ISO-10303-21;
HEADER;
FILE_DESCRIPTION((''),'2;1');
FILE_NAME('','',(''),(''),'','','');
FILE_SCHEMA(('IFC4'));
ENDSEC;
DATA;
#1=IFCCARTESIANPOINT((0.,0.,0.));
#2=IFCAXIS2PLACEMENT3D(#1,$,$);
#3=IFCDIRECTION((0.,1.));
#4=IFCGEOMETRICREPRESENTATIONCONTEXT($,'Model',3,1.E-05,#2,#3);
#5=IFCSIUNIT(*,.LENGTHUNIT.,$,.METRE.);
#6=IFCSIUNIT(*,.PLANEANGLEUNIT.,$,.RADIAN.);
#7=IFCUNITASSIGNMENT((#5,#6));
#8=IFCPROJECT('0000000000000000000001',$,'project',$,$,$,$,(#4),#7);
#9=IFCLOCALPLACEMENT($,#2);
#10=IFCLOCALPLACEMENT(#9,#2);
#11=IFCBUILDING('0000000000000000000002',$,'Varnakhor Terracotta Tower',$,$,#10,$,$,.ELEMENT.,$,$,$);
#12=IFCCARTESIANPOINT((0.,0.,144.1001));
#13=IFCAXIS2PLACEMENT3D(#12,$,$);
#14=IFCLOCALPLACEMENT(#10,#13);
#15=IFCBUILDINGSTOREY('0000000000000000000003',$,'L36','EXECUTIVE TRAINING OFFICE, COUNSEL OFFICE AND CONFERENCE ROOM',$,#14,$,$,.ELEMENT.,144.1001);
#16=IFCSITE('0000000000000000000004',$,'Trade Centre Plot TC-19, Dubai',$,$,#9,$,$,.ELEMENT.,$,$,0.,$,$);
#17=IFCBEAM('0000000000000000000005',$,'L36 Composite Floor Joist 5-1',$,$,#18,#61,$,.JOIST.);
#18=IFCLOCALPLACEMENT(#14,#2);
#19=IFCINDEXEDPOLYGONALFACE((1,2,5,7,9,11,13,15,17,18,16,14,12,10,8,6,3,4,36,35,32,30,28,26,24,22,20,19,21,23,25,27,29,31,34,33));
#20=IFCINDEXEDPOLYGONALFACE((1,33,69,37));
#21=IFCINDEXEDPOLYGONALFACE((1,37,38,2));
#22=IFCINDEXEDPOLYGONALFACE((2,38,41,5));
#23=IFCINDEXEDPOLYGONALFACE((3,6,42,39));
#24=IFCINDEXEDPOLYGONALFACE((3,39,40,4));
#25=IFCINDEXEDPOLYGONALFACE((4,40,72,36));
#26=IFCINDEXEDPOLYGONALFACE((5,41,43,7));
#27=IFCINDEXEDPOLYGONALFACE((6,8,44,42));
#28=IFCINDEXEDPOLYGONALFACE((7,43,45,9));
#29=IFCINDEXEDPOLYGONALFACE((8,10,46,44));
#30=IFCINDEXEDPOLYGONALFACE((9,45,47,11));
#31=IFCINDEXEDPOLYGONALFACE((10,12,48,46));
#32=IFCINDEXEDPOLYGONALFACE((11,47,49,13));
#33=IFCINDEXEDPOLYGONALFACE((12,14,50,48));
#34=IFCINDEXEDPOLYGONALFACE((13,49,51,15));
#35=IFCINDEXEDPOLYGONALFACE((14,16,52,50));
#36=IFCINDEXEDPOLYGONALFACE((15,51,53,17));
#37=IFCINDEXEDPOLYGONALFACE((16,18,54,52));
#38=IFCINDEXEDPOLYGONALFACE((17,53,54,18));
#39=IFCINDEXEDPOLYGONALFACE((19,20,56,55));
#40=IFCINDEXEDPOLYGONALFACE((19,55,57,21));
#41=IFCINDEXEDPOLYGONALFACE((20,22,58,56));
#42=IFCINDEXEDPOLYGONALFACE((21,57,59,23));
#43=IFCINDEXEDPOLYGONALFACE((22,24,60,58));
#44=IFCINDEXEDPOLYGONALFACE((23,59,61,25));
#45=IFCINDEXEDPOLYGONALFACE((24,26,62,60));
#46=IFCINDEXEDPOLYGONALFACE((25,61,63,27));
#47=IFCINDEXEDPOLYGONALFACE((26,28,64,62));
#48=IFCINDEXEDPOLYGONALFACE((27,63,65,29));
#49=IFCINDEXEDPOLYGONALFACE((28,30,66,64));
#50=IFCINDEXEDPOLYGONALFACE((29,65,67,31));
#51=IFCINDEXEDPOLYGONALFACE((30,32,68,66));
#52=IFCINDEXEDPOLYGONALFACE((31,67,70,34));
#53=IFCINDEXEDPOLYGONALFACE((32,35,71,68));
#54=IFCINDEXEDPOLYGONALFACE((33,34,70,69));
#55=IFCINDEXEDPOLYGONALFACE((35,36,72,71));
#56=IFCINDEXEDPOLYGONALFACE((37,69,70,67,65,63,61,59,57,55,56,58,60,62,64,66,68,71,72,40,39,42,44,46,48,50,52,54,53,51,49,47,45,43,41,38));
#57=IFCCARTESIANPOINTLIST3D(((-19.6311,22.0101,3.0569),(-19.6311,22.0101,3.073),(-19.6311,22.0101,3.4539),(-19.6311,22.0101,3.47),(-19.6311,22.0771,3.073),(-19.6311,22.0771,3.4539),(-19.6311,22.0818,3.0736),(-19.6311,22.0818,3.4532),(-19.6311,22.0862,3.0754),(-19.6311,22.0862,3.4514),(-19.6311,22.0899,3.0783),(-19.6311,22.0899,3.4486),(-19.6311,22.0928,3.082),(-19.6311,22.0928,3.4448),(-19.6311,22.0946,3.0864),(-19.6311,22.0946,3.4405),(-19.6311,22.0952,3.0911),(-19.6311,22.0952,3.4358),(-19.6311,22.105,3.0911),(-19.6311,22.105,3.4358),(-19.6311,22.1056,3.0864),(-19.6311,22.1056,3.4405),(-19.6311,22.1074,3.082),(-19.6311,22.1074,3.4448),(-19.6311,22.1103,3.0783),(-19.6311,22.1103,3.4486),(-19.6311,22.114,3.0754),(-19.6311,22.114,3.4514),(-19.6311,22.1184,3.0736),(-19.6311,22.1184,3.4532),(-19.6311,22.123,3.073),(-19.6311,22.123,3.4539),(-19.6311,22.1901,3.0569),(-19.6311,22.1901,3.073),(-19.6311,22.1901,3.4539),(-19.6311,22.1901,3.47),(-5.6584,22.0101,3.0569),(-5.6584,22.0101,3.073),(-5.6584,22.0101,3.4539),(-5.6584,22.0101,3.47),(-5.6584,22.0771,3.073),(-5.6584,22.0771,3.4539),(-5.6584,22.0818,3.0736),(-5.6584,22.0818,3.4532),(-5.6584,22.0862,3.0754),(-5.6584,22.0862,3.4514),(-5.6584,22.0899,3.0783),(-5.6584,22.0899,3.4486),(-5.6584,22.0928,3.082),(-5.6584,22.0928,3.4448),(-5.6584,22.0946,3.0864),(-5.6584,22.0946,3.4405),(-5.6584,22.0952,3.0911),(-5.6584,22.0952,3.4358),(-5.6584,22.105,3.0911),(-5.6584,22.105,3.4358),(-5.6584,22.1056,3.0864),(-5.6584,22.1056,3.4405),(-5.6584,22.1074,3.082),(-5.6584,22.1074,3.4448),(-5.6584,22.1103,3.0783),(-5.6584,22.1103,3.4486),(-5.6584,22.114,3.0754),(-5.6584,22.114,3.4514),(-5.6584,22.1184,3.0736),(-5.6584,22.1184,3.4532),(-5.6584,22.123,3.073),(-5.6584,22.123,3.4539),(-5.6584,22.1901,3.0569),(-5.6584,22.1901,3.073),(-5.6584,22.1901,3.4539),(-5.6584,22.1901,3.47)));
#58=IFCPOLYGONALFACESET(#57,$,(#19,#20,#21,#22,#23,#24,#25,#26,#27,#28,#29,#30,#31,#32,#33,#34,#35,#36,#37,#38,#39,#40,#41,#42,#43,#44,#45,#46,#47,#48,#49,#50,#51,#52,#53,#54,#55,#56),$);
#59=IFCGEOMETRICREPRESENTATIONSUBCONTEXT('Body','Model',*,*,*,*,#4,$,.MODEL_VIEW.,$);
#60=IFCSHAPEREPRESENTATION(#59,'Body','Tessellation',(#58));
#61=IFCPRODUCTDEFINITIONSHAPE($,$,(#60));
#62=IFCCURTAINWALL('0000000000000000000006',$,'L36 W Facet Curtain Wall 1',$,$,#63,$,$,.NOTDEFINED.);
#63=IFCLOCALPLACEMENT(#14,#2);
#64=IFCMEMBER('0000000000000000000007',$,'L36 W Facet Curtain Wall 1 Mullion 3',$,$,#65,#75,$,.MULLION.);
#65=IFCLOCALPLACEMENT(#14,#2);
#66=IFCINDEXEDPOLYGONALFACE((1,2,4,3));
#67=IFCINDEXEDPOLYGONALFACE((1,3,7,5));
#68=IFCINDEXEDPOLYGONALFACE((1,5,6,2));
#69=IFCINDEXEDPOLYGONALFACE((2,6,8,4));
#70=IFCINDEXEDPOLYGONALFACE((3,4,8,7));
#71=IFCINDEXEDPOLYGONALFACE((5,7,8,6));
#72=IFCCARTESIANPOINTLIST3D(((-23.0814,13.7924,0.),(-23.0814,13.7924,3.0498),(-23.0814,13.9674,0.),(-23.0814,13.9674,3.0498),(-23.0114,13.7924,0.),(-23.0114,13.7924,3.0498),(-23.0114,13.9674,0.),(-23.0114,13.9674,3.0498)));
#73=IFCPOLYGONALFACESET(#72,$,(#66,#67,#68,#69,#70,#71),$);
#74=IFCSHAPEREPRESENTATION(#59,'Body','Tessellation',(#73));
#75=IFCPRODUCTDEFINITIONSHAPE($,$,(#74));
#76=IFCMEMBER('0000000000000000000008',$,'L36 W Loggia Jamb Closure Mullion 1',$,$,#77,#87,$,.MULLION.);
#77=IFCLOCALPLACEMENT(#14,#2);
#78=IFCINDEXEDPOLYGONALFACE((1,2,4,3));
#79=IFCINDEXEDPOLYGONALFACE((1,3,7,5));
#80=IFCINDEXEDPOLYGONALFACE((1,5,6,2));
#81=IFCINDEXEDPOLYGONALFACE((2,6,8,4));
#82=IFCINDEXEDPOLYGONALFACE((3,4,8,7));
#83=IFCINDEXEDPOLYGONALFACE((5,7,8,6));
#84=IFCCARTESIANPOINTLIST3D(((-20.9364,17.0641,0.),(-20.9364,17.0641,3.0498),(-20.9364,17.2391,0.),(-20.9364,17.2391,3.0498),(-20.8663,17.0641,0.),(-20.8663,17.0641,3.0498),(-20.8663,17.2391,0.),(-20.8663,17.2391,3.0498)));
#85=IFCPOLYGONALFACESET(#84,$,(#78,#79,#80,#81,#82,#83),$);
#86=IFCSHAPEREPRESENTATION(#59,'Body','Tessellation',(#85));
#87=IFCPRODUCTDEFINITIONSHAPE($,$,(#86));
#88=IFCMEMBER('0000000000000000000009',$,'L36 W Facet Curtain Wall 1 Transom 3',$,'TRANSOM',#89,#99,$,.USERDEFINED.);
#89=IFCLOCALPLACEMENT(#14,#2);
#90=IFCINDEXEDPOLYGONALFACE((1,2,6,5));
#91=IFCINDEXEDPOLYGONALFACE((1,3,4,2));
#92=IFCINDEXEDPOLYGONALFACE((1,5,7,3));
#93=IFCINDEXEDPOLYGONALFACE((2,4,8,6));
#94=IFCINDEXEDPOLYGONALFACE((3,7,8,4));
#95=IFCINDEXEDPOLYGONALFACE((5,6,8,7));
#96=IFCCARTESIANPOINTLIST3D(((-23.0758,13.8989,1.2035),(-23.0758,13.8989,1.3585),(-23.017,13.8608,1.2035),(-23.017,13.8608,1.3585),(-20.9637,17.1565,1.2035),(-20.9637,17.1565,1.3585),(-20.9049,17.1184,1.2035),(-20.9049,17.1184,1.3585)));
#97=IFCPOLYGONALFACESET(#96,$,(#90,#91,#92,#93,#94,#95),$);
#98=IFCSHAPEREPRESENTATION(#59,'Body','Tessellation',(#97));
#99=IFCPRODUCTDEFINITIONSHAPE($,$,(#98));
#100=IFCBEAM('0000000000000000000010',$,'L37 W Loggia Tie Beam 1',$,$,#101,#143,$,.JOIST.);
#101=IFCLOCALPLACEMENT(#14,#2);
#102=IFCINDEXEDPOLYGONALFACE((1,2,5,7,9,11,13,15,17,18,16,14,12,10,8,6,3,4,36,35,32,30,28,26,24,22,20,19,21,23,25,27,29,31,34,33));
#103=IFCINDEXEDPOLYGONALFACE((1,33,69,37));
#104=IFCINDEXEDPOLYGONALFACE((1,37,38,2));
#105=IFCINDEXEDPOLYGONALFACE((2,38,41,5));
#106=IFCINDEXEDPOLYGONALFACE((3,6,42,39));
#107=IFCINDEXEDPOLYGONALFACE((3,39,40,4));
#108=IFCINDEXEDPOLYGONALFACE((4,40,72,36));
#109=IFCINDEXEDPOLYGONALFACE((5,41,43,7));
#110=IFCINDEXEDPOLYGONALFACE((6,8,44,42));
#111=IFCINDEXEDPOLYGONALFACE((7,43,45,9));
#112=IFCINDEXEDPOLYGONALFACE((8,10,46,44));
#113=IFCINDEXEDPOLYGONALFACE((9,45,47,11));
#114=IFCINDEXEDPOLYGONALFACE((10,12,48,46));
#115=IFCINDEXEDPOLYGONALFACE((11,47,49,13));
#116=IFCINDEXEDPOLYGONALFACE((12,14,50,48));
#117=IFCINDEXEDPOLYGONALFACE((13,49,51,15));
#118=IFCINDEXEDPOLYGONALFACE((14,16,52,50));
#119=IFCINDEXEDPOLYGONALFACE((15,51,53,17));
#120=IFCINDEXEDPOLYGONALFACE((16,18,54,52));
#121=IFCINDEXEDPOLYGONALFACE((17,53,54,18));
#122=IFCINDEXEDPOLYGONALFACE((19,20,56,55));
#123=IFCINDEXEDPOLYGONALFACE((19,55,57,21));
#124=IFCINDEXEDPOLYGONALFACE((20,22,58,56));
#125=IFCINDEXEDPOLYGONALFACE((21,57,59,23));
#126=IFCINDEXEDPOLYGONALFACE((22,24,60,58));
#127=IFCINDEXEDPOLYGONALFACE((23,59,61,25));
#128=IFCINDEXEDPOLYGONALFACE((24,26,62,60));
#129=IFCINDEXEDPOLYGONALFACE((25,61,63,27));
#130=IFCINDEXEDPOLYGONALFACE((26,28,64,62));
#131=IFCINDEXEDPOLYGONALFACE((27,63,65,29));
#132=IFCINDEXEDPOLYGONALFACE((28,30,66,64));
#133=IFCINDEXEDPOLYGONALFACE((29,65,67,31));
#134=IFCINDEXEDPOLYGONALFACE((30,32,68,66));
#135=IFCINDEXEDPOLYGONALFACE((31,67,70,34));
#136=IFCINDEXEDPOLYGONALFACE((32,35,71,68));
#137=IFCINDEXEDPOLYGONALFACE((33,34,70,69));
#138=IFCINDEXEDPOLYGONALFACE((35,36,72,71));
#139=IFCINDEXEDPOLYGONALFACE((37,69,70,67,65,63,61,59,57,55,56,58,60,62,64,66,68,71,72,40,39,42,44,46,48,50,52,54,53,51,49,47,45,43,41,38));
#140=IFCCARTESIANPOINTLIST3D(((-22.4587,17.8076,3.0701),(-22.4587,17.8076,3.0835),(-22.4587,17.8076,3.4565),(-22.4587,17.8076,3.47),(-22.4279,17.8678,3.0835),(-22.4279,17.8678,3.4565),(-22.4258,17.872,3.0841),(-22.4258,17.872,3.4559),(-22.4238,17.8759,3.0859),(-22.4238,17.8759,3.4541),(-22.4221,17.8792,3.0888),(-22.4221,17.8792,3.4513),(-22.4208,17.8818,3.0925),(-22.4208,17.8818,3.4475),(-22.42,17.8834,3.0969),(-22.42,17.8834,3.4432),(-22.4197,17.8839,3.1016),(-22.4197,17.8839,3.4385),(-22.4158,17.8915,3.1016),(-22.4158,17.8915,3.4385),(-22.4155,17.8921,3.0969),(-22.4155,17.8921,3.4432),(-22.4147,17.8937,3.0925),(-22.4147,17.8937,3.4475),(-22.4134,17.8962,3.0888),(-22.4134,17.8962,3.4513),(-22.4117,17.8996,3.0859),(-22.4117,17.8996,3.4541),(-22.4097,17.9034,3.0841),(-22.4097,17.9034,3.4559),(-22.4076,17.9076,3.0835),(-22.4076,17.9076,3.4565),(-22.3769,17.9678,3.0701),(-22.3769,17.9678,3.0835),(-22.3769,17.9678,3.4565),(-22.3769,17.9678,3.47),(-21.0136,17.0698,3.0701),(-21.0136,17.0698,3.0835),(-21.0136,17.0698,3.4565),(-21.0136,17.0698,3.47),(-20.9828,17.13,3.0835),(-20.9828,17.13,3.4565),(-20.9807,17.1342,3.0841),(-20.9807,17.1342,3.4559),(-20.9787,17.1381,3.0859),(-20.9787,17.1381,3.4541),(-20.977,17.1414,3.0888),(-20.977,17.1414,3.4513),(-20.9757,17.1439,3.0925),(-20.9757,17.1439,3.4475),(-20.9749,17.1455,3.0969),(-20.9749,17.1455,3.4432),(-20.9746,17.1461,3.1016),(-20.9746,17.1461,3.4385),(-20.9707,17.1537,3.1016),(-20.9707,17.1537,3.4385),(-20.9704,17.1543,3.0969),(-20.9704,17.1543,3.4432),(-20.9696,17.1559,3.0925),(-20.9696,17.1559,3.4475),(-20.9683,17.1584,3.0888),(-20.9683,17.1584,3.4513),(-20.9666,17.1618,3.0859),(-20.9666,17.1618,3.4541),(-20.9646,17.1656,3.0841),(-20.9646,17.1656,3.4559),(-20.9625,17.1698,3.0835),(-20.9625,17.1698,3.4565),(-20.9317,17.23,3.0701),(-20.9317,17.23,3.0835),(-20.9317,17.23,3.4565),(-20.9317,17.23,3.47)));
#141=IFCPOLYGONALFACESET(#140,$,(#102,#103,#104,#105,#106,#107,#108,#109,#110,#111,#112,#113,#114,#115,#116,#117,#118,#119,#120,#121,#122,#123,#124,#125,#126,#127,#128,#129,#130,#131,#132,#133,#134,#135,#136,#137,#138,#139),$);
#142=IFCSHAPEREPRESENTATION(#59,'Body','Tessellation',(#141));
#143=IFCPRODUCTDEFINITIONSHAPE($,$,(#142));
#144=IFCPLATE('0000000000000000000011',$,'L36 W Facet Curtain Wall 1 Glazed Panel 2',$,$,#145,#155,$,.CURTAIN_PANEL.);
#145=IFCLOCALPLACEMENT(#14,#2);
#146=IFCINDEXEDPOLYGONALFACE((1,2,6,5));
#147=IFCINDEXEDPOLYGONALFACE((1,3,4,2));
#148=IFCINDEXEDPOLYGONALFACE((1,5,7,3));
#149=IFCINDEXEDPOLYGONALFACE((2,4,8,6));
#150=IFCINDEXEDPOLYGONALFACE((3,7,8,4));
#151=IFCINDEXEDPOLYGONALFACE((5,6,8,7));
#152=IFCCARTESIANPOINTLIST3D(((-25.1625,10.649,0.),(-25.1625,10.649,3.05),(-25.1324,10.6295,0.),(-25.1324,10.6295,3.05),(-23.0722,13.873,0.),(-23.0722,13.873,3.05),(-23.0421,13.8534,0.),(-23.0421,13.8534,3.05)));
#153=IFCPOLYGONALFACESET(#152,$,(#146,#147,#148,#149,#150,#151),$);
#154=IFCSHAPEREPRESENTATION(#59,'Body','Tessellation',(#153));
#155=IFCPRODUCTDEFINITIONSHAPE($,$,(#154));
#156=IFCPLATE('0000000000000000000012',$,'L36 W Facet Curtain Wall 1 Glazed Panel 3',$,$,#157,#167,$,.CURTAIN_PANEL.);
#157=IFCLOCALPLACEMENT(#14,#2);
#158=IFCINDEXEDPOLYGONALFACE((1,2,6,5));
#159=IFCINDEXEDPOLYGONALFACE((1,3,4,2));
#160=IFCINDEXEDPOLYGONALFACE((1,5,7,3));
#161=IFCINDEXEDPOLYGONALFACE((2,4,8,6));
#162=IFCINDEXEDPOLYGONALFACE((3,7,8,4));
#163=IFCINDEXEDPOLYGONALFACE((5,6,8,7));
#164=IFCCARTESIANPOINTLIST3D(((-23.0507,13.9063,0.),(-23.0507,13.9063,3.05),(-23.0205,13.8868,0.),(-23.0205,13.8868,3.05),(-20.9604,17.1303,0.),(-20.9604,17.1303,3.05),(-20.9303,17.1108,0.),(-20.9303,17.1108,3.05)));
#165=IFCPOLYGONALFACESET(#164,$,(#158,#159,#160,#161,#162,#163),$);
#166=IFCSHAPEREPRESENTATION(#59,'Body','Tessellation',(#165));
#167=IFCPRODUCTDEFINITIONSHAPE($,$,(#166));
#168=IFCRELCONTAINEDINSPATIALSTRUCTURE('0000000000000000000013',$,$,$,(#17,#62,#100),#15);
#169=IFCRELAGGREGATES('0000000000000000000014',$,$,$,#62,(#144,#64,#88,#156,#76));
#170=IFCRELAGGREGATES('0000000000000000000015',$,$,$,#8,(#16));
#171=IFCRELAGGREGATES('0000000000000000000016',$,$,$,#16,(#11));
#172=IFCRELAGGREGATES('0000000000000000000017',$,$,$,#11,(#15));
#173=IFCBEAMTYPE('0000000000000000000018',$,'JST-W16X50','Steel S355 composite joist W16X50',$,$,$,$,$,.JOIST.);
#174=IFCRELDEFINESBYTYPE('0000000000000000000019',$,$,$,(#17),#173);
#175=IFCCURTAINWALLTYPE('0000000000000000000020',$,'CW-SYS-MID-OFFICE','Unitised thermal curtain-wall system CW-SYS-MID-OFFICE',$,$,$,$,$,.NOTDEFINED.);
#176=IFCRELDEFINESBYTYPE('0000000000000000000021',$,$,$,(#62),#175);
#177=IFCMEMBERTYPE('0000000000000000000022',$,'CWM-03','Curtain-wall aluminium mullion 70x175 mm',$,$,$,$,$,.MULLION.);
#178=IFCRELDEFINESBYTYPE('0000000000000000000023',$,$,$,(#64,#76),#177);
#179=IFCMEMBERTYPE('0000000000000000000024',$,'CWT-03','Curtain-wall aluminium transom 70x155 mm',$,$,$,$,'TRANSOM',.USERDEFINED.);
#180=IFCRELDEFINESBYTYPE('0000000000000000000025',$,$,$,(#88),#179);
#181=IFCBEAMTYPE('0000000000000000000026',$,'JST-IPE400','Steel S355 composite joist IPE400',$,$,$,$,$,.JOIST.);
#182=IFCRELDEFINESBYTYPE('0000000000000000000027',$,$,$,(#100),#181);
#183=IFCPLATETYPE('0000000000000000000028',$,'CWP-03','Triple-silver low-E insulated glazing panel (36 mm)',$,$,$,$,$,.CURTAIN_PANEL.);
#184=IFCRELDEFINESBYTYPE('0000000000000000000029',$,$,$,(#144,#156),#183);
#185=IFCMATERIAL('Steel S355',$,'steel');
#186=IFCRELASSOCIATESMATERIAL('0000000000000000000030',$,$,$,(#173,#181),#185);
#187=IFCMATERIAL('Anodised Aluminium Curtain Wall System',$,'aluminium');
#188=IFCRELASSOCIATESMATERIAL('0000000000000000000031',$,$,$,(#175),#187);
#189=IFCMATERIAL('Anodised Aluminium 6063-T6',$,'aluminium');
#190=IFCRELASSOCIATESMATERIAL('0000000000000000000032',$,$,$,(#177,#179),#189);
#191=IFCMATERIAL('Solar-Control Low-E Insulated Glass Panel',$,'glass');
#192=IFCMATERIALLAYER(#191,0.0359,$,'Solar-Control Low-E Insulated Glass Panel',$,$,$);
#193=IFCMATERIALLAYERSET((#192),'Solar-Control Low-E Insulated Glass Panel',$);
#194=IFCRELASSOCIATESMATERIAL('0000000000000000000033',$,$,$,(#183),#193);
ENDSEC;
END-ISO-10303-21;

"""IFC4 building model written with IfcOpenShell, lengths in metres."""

from ifc_helpers import new_model, si_unit, direction, frame, origin, origin_2d, place, context, subcontext, project, spatial, rectangle, i_section, extrude, source, transform, mapped, material, layer, layer_set, material_profile, profile_set, type_object, type_shapes, element, aggregate, save


model = new_model("IFC4")

# Units and contexts
model_context = context("Model", 3, precision=1e-05, world=origin(), true_north=direction((0.0, 1.0)))
body_context = subcontext(model_context, "Body", "Model", "MODEL_VIEW")
ifc_project = project(units=[si_unit("LENGTHUNIT", "METRE"), si_unit("PLANEANGLEUNIT", "RADIAN")], contexts=[model_context])

# Site, building, storey
site_placement = place(None, origin())
site = spatial("IfcSite", under=ifc_project, at=site_placement, Name="Trade Centre Plot TC-19, Dubai", CompositionType="ELEMENT", RefElevation=0.0)
building_placement = place(site_placement, origin())
building = spatial("IfcBuilding", under=site, at=building_placement, Name="Varnakhor Terracotta Tower", CompositionType="ELEMENT")
storey_placement = place(building_placement, frame((0.0, 0.0, 144.1001)))
storey = spatial("IfcBuildingStorey", under=building, at=storey_placement, Name="L36", Description="EXECUTIVE TRAINING OFFICE, COUNSEL OFFICE AND CONFERENCE ROOM", CompositionType="ELEMENT", Elevation=144.1001)

# Beam
ifc_material_1 = material(Name="Steel S355", Category="steel")
ifc_material_profile_1 = material_profile(ifc_material_1, i_section(OverallWidth=0.1799, OverallDepth=0.4131, WebThickness=0.0098, FlangeThickness=0.0161, FilletRadius=0.0181, at=origin_2d()), Name="W16X50")
ifc_profile_set_1 = profile_set([ifc_material_profile_1], Name="Steel S355")
beam_type_1 = type_object("IfcBeamType", Name="JST-W16X50", Description="Steel S355 composite joist W16X50", PredefinedType="JOIST", material=ifc_profile_set_1)
shared_shape_1 = source(origin(), body_context, "Body", "SweptSolid", [
    extrude(i_section(OverallWidth=0.1799, OverallDepth=0.4131, WebThickness=0.0098, FlangeThickness=0.0161, FilletRadius=0.0181, at=origin_2d()), origin(), (0.0, 0.0, 1.0), 13.9727),
])
beam_1_placement = place(storey_placement, frame((-19.6311, 22.1001, 3.2634), z_axis=(1.0, 0.0, 0.0), x_axis=(0.0, 1.0, 0.0)))
element("IfcBeam", 1, at=beam_1_placement, inside=storey, type_object=beam_type_1, Name="L36 Composite Floor Joist 5-1", PredefinedType="JOIST", context=body_context, shape_type="MappedRepresentation", body=[
    mapped(shared_shape_1, transform((0.0, 0.0, 0.0), scale=1.0)),
])

# Curtain wall, members
ifc_material_2 = material(Name="Anodised Aluminium Curtain Wall System", Category="aluminium")
curtain_wall_type = type_object("IfcCurtainWallType", Name="CW-SYS-MID-OFFICE", Description="Unitised thermal curtain-wall system CW-SYS-MID-OFFICE", PredefinedType="NOTDEFINED", material=ifc_material_2)
curtain_wall_placement = place(storey_placement, origin())
curtain_wall = element("IfcCurtainWall", 2, at=curtain_wall_placement, inside=storey, type_object=curtain_wall_type, Name="L36 W Facet Curtain Wall 1", PredefinedType="NOTDEFINED")
ifc_material_3 = material(Name="Anodised Aluminium 6063-T6", Category="aluminium")
ifc_material_profile_2 = material_profile(ifc_material_3, rectangle(XDim=0.0701, YDim=0.175, at=origin_2d()), Name="ALU MULLION 70x175")
ifc_profile_set_2 = profile_set([ifc_material_profile_2], Name="Anodised Aluminium 6063-T6")
member_type_1 = type_object("IfcMemberType", Name="CWM-03", Description="Curtain-wall aluminium mullion 70x175 mm", PredefinedType="MULLION", material=ifc_profile_set_2)
shared_shape_2 = source(origin(), body_context, "Body", "SweptSolid", [
    extrude(rectangle(XDim=0.0701, YDim=0.175, at=origin_2d()), origin(), (0.0, 0.0, 1.0), 3.0498),
])
type_shapes(member_type_1, [shared_shape_2])
member_1_placement = place(storey_placement, frame((-23.0464, 13.8799, 0.0), z_axis=(0.0, 0.0, 1.0), x_axis=(1.0, 0.0, 0.0)))
member_1 = element("IfcMember", 3, at=member_1_placement, type_object=member_type_1, Name="L36 W Facet Curtain Wall 1 Mullion 3", PredefinedType="MULLION", context=body_context, shape_type="MappedRepresentation", body=[
    mapped(shared_shape_2, transform((0.0, 0.0, 0.0), scale=1.0)),
])
member_2_placement = place(storey_placement, frame((-20.9014, 17.1516, 0.0), z_axis=(0.0, 0.0, 1.0), x_axis=(1.0, 0.0, 0.0)))
member_2 = element("IfcMember", 4, at=member_2_placement, type_object=member_type_1, Name="L36 W Loggia Jamb Closure Mullion 1", PredefinedType="MULLION", context=body_context, shape_type="MappedRepresentation", body=[
    mapped(shared_shape_2, transform((0.0, 0.0, 0.0), scale=1.0)),
])
ifc_material_profile_3 = material_profile(ifc_material_3, rectangle(XDim=0.0701, YDim=0.155, at=origin_2d()), Name="ALU TRANSOM 70x155")
ifc_profile_set_3 = profile_set([ifc_material_profile_3], Name="Anodised Aluminium 6063-T6")
member_type_2 = type_object("IfcMemberType", Name="CWT-03", Description="Curtain-wall aluminium transom 70x155 mm", ElementType="TRANSOM", PredefinedType="USERDEFINED", material=ifc_profile_set_3)
shared_shape_3 = source(origin(), body_context, "Body", "SweptSolid", [
    extrude(rectangle(XDim=0.0701, YDim=0.155, at=origin_2d()), origin(), (0.0, 0.0, 1.0), 3.8823),
])
member_3_placement = place(storey_placement, frame((-23.0464, 13.8799, 1.281), z_axis=(0.544018, 0.839074, 0.0), x_axis=(-0.839074, 0.544018, 0.0)))
member_3 = element("IfcMember", 5, at=member_3_placement, type_object=member_type_2, Name="L36 W Facet Curtain Wall 1 Transom 3", ObjectType="TRANSOM", PredefinedType="USERDEFINED", context=body_context, shape_type="MappedRepresentation", body=[
    mapped(shared_shape_3, transform((0.0, 0.0, 0.0), scale=1.0)),
])

# Beam
ifc_material_profile_4 = material_profile(ifc_material_1, i_section(OverallWidth=0.1799, OverallDepth=0.3999, WebThickness=0.0085, FlangeThickness=0.0134, FilletRadius=0.0181, at=origin_2d()), Name="IPE400")
ifc_profile_set_4 = profile_set([ifc_material_profile_4], Name="Steel S355")
beam_type_2 = type_object("IfcBeamType", Name="JST-IPE400", Description="Steel S355 composite joist IPE400", PredefinedType="JOIST", material=ifc_profile_set_4)
shared_shape_4 = source(origin(), body_context, "Body", "SweptSolid", [
    extrude(i_section(OverallWidth=0.1799, OverallDepth=0.3999, WebThickness=0.0085, FlangeThickness=0.0134, FilletRadius=0.0181, at=origin_2d()), origin(), (0.0, 0.0, 1.0), 1.6226),
])
beam_2_placement = place(storey_placement, frame((-20.9727, 17.1499, 3.27), z_axis=(-0.890634, 0.454721, 0.0), x_axis=(-0.454721, -0.890634, 0.0)))
element("IfcBeam", 6, at=beam_2_placement, inside=storey, type_object=beam_type_2, Name="L37 W Loggia Tie Beam 1", PredefinedType="JOIST", context=body_context, shape_type="MappedRepresentation", body=[
    mapped(shared_shape_4, transform((0.0, 0.0, 0.0), scale=1.0)),
])

# Plates
ifc_material_4 = material(Name="Solar-Control Low-E Insulated Glass Panel", Category="glass")
ifc_layer_1 = layer(ifc_material_4, 0.0359, Name="Solar-Control Low-E Insulated Glass Panel")
ifc_layer_set_1 = layer_set([ifc_layer_1], Name="Solar-Control Low-E Insulated Glass Panel")
plate_type = type_object("IfcPlateType", Name="CWP-03", Description="Triple-silver low-E insulated glazing panel (36 mm)", PredefinedType="CURTAIN_PANEL", material=ifc_layer_set_1)
shared_shape_5 = source(origin(), body_context, "Body", "SweptSolid", [
    extrude(rectangle(XDim=3.8423, YDim=0.0359, at=origin_2d()), origin(), (0.0, 0.0, 1.0), 3.05),
])
plate_1_placement = place(storey_placement, frame((-24.1023, 12.2512, 0.0), z_axis=(0.0, 0.0, 1.0), x_axis=(0.544009, 0.839079, 0.0)))
plate_1 = element("IfcPlate", 7, at=plate_1_placement, type_object=plate_type, Name="L36 W Facet Curtain Wall 1 Glazed Panel 2", PredefinedType="CURTAIN_PANEL", context=body_context, shape_type="MappedRepresentation", body=[
    mapped(shared_shape_5, transform((0.0, 0.0, 0.0), scale=1.0)),
])
plate_2_placement = place(storey_placement, frame((-21.9905, 15.5085, 0.0), z_axis=(0.0, 0.0, 1.0), x_axis=(0.544009, 0.839079, 0.0)))
plate_2 = element("IfcPlate", 8, at=plate_2_placement, type_object=plate_type, Name="L36 W Facet Curtain Wall 1 Glazed Panel 3", PredefinedType="CURTAIN_PANEL", context=body_context, shape_type="MappedRepresentation", body=[
    mapped(shared_shape_5, transform((0.0, 0.0, 0.0), scale=1.0)),
])
aggregate(curtain_wall, [plate_1, member_1, member_3, plate_2, member_2])

save(model, "model.ifc")
